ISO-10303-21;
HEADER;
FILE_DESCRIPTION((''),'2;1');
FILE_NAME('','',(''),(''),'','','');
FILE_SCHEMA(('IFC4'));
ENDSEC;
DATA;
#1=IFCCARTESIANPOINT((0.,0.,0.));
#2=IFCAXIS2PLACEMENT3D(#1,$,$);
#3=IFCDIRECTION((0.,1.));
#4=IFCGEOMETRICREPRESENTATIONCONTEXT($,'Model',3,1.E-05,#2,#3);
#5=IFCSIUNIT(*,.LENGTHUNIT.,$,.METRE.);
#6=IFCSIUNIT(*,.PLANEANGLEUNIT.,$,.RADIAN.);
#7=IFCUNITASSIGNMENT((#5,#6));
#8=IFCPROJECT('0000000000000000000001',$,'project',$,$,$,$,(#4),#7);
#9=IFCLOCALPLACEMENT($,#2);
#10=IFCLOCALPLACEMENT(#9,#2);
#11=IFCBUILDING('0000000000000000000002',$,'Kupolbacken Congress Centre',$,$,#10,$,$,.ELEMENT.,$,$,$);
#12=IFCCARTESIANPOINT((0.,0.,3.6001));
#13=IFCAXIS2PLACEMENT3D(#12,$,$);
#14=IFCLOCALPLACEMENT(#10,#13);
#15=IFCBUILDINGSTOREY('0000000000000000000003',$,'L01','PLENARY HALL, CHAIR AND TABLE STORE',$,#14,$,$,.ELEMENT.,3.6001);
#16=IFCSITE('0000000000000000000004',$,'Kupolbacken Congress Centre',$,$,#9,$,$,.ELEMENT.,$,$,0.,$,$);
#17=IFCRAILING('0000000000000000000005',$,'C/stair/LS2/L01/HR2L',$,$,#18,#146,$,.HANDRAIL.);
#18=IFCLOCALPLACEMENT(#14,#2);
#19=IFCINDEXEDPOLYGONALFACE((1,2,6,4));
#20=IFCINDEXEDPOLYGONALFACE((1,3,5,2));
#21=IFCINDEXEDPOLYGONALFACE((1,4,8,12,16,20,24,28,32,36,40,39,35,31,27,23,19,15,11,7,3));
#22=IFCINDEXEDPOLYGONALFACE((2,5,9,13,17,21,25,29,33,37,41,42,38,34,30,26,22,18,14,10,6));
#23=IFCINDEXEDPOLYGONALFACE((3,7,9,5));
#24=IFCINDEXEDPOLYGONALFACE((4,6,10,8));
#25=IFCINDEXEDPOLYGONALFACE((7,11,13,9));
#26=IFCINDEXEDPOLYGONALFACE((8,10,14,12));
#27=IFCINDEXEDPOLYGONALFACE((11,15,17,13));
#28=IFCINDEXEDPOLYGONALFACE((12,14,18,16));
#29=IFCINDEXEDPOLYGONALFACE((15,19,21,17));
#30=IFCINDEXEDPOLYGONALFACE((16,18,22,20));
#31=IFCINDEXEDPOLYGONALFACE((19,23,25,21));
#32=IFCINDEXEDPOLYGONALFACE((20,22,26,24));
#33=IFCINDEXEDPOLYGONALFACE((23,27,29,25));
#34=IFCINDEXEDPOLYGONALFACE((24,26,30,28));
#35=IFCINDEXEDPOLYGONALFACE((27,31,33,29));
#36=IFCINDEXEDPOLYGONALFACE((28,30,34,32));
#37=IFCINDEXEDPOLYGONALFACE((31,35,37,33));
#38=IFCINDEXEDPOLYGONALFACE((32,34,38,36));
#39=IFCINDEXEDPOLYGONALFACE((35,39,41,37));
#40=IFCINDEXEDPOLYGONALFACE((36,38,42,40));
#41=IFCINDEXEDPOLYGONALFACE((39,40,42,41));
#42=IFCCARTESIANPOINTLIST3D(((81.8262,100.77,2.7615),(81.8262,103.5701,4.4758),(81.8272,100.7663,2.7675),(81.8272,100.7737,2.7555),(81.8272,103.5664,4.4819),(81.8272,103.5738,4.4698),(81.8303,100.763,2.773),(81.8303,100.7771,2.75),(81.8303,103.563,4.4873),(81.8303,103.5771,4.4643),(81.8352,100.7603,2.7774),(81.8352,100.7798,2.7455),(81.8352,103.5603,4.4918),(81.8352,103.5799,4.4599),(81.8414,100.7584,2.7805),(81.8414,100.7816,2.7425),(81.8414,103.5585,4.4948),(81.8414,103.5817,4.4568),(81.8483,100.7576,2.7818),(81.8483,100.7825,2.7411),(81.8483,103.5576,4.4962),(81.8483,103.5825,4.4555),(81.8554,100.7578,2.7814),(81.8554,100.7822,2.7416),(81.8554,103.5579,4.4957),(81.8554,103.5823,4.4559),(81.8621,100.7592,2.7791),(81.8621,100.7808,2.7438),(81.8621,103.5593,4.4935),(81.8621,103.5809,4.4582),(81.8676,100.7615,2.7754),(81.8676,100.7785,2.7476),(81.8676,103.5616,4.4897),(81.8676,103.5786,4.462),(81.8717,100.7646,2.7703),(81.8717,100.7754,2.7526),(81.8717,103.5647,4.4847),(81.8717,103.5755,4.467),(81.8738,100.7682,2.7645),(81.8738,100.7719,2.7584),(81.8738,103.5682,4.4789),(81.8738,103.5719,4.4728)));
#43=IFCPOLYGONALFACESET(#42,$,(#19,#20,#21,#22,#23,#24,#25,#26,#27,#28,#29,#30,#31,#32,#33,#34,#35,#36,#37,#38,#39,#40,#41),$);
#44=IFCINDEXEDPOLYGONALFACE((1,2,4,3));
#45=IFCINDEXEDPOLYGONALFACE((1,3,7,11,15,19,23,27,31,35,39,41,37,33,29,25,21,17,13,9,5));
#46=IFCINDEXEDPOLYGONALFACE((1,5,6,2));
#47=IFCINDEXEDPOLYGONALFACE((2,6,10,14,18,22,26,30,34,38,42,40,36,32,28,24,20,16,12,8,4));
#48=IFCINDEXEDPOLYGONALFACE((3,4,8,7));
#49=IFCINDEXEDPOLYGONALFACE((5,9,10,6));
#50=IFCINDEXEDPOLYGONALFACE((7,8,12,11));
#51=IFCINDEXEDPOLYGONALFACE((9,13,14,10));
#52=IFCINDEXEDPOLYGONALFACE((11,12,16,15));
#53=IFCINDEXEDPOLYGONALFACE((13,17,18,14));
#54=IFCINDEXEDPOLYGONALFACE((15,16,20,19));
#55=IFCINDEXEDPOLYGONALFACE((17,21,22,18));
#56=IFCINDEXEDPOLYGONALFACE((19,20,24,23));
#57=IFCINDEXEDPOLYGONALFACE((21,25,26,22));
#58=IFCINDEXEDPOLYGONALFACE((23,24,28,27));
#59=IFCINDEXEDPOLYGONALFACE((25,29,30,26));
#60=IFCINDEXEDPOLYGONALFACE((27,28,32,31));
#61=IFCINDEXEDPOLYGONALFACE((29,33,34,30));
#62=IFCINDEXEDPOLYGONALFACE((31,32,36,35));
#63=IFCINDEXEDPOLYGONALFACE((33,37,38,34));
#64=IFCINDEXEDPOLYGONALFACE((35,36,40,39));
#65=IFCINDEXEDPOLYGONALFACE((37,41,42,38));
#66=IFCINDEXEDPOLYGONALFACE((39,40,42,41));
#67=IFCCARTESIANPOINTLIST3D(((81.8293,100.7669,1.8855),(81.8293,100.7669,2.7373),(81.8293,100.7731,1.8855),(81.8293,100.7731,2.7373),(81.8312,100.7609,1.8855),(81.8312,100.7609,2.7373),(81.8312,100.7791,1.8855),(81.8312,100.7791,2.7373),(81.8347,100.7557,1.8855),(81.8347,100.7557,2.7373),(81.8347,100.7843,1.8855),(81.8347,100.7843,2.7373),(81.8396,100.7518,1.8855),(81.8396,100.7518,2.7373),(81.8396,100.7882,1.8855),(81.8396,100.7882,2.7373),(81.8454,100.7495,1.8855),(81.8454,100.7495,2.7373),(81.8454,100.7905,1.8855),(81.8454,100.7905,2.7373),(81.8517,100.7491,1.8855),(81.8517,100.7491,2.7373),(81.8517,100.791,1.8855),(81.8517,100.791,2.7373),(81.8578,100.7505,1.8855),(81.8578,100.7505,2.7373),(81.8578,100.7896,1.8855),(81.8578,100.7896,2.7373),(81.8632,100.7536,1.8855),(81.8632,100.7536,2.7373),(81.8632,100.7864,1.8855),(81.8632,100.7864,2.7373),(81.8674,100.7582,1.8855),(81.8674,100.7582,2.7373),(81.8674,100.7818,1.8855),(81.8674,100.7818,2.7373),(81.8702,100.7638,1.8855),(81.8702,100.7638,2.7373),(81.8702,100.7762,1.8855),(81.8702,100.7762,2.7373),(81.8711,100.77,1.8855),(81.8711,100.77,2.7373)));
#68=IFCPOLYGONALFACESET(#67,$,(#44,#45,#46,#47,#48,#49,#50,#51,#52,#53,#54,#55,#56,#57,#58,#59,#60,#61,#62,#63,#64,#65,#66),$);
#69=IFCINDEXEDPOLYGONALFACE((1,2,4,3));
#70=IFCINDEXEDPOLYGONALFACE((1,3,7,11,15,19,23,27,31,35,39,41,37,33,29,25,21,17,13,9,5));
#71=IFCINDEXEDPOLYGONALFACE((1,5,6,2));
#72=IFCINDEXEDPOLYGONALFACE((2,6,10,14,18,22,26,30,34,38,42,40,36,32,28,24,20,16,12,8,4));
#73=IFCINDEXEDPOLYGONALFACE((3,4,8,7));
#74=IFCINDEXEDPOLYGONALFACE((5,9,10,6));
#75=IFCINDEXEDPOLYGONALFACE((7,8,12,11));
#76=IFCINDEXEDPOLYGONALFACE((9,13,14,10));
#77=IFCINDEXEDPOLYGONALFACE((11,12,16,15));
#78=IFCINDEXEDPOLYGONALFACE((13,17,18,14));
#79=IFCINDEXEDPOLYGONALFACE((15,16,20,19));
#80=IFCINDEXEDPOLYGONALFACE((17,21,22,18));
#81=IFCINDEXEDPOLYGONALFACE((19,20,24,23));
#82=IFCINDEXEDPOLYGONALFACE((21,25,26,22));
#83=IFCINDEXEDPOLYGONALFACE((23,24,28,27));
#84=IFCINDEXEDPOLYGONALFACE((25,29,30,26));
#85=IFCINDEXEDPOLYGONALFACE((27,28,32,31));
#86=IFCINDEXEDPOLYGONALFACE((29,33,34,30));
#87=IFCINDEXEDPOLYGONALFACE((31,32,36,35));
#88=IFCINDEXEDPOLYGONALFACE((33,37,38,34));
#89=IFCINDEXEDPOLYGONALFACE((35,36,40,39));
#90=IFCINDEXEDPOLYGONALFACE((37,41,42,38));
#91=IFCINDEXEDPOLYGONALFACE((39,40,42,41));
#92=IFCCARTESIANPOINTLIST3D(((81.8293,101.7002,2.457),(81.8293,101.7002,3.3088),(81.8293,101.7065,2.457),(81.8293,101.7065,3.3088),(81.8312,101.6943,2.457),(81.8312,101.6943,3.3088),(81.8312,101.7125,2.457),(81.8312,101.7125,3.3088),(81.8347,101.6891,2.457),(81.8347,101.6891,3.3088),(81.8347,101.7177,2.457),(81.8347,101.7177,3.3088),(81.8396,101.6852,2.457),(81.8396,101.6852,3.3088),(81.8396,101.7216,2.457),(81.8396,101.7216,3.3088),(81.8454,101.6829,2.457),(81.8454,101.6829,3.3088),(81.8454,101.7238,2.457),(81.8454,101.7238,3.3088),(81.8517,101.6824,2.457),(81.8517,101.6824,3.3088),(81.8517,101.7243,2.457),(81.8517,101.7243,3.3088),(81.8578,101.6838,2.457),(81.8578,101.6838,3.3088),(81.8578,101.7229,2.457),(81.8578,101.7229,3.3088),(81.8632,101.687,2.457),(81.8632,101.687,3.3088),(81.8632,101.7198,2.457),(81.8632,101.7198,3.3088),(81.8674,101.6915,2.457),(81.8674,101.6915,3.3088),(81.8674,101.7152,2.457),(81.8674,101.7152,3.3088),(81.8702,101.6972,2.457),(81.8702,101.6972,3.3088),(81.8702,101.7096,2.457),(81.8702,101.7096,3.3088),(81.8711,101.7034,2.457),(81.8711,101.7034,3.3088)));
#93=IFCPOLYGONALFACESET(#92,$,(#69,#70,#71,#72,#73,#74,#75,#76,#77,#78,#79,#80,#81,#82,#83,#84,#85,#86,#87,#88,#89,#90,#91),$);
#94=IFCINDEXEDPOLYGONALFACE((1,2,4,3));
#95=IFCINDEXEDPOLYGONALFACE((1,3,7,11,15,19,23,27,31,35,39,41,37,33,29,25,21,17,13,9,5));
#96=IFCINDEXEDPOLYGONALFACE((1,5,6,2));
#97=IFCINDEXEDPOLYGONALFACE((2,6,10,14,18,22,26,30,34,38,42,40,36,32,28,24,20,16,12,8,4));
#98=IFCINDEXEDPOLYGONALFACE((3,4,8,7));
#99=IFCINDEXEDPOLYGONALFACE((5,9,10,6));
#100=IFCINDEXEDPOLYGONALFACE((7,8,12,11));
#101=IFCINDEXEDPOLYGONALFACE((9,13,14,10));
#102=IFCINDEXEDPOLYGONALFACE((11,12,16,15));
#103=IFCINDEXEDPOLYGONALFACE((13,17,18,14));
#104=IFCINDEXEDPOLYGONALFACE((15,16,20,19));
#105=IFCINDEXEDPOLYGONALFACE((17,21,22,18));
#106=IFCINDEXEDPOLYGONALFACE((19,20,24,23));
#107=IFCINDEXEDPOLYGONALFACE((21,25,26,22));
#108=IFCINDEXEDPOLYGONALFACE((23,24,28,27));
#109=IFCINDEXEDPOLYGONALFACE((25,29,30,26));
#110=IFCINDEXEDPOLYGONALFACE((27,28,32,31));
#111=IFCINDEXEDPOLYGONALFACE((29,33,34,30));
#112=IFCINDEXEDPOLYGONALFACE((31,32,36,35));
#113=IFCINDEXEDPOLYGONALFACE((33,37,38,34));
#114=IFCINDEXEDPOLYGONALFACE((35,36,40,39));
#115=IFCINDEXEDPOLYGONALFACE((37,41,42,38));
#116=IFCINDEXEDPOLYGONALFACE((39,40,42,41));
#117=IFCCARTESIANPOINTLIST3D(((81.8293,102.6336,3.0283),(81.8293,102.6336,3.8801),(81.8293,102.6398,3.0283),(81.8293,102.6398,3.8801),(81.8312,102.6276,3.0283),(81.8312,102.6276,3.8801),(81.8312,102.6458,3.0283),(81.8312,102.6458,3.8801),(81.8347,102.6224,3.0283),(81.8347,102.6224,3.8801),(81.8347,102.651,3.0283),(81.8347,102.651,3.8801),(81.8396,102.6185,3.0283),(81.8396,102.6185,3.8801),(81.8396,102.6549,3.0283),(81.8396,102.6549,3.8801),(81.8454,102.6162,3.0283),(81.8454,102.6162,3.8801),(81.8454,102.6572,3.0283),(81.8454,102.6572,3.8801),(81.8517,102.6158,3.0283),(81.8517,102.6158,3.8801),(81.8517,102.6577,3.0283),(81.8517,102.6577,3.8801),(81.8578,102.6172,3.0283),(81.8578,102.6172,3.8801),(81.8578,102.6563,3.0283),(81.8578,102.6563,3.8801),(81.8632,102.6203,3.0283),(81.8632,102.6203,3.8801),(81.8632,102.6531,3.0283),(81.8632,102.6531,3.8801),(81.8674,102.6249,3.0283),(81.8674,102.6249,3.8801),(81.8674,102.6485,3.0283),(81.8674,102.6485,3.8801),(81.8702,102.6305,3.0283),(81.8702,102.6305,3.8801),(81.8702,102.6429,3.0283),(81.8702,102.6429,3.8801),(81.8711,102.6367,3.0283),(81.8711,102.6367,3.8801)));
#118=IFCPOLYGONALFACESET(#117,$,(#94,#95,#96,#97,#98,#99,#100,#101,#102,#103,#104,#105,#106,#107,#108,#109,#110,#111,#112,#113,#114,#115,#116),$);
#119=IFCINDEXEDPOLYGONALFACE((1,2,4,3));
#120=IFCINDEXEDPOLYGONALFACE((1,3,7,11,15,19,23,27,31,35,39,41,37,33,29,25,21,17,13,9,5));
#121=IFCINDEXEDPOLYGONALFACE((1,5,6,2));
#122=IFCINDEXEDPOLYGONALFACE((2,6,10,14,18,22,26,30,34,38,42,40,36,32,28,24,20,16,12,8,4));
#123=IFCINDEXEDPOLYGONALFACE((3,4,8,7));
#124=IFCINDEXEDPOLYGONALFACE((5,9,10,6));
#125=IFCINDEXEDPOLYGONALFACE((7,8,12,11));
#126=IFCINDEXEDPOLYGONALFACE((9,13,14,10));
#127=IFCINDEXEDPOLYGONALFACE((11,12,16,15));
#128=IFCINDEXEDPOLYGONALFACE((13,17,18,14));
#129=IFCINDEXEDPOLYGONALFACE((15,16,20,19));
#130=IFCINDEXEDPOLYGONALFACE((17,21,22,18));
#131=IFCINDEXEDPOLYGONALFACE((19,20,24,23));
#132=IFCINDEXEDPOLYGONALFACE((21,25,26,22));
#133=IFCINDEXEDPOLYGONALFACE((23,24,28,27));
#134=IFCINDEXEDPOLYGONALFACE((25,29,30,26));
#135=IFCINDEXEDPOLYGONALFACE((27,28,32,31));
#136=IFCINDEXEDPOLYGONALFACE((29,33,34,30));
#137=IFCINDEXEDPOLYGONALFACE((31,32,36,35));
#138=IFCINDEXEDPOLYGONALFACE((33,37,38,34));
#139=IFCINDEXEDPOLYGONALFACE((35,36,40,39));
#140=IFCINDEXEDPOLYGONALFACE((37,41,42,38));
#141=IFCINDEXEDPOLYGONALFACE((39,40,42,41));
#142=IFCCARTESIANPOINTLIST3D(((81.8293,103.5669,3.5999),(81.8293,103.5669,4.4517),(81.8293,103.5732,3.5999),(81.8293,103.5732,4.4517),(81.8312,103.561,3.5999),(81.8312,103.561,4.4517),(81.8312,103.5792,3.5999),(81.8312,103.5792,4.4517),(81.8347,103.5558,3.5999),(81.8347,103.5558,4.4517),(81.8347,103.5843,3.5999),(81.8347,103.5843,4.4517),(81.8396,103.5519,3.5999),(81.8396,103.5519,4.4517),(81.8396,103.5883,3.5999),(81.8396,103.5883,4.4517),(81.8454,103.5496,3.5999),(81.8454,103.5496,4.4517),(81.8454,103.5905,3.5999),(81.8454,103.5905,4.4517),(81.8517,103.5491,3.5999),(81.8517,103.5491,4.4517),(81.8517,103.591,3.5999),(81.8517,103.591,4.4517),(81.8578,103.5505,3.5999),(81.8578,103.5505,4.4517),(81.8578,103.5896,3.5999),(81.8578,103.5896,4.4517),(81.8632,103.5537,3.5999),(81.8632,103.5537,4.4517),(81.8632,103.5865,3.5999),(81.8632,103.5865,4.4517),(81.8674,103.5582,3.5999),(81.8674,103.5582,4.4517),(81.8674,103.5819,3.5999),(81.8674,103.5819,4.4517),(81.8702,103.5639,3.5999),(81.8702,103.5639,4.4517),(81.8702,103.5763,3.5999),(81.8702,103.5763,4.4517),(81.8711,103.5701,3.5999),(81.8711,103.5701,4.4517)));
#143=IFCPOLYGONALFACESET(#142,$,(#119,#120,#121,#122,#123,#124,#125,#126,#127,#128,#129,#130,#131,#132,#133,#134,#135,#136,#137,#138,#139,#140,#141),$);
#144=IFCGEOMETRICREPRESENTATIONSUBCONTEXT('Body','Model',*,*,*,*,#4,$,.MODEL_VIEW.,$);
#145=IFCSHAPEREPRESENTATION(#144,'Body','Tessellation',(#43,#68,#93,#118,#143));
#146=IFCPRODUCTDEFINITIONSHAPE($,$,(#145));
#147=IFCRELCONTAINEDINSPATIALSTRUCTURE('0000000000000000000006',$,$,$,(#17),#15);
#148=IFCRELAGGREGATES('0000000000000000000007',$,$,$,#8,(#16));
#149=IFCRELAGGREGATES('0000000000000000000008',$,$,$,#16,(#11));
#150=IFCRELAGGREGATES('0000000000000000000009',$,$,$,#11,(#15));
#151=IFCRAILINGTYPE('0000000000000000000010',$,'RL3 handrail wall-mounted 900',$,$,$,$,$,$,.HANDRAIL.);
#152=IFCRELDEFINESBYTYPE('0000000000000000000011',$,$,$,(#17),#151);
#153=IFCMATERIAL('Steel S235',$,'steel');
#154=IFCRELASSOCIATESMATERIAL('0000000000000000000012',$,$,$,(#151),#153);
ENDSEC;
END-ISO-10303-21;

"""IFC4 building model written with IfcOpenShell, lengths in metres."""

from ifc_helpers import new_model, si_unit, direction, frame, origin, origin_2d, place, context, subcontext, project, spatial, circle, extrude, material, type_object, element, save


model = new_model("IFC4")

# Units and contexts
model_context = context("Model", 3, precision=1e-05, world=origin(), true_north=direction((0.0, 1.0)))
body_context = subcontext(model_context, "Body", "Model", "MODEL_VIEW")
ifc_project = project(units=[si_unit("LENGTHUNIT", "METRE"), si_unit("PLANEANGLEUNIT", "RADIAN")], contexts=[model_context])

# Site, building, storey
site_placement = place(None, origin())
site = spatial("IfcSite", under=ifc_project, at=site_placement, Name="Kupolbacken Congress Centre", CompositionType="ELEMENT", RefElevation=0.0)
building_placement = place(site_placement, origin())
building = spatial("IfcBuilding", under=site, at=building_placement, Name="Kupolbacken Congress Centre", CompositionType="ELEMENT")
storey_placement = place(building_placement, frame((0.0, 0.0, 3.6001)))
storey = spatial("IfcBuildingStorey", under=building, at=storey_placement, Name="L01", Description="PLENARY HALL, CHAIR AND TABLE STORE", CompositionType="ELEMENT", Elevation=3.6001)

# Railing
ifc_material_1 = material(Name="Steel S235", Category="steel")
railing_type = type_object("IfcRailingType", Name="RL3 handrail wall-mounted 900", PredefinedType="HANDRAIL", material=ifc_material_1)
for number, where, name in (
    (1, (81.8501, 100.77, 1.8855), "C/stair/LS2/L01/HR2L"),
):
    element("IfcRailing", number, at=place(storey_placement, frame(where)), inside=storey, type_object=railing_type, Name=name, PredefinedType="HANDRAIL", context=body_context, shape_type="SweptSolid", body=[
        extrude(circle(Radius=0.0239, at=origin_2d()), frame((0.0, 0.0, 0.876), z_axis=(0.0, 0.852846, 0.522163), x_axis=(-1.0, 0.0, 0.0)), (0.0, 0.0, 1.0), 3.2832),
        extrude(circle(Radius=0.021, at=origin_2d()), origin(), (0.0, 0.0, 1.0), 0.8518),
        extrude(circle(Radius=0.021, at=origin_2d()), frame((0.0, 0.9333, 0.5715)), (0.0, 0.0, 1.0), 0.8518),
        extrude(circle(Radius=0.021, at=origin_2d()), frame((0.0, 1.8667, 1.1428)), (0.0, 0.0, 1.0), 0.8518),
        extrude(circle(Radius=0.021, at=origin_2d()), frame((0.0, 2.8, 1.7144)), (0.0, 0.0, 1.0), 0.8518),
    ])

save(model, "model.ifc")
